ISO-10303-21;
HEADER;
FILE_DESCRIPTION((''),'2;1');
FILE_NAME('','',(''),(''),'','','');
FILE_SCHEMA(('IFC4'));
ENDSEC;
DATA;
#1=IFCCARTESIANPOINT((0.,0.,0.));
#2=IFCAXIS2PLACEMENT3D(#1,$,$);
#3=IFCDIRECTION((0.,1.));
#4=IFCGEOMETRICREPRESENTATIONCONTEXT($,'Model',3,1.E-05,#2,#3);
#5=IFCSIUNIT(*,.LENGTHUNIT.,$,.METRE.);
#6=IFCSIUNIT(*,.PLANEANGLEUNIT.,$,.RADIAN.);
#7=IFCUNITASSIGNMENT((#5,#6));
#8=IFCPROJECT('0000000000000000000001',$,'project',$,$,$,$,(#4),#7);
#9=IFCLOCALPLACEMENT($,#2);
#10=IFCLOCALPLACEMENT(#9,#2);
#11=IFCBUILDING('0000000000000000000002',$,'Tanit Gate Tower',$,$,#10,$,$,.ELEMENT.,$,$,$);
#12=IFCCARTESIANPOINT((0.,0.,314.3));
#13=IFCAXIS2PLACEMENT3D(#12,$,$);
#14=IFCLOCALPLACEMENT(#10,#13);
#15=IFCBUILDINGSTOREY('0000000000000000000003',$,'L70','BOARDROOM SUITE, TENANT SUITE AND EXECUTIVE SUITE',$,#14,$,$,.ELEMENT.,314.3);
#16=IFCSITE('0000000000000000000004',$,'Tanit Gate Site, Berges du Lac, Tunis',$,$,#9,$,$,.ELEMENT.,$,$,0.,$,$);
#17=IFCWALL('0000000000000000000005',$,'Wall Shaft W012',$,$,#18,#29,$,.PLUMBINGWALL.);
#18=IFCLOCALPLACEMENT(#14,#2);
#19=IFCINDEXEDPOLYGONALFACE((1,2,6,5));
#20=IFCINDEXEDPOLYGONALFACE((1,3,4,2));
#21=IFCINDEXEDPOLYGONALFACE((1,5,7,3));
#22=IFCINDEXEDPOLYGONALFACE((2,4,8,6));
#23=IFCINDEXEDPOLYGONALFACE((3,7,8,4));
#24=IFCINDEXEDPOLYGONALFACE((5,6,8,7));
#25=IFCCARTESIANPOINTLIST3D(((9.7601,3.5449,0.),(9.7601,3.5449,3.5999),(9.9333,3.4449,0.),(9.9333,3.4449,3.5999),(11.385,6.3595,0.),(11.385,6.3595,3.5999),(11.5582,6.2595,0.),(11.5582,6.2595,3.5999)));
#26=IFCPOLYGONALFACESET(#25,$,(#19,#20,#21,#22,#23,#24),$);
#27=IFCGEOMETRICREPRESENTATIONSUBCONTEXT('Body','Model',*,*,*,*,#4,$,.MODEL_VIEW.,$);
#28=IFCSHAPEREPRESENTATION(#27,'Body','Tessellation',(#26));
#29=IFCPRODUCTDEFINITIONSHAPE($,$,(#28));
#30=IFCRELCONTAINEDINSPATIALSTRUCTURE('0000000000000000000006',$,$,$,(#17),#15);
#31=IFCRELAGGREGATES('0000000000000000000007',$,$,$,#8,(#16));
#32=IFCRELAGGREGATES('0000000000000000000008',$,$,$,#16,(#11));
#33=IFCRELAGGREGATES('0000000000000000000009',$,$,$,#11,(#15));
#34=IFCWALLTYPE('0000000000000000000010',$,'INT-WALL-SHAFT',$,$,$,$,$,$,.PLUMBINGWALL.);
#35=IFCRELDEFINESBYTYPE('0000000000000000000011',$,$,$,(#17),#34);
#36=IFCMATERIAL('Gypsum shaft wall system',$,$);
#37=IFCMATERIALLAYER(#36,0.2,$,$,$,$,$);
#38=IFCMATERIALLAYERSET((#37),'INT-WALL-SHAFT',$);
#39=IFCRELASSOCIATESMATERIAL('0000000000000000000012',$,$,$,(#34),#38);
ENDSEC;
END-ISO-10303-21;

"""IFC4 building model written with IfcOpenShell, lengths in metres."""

from ifc_helpers import new_model, si_unit, direction, frame, frame_2d, origin, place, context, subcontext, project, spatial, rectangle, extrude, material, layer, layer_set, type_object, element, save


model = new_model("IFC4")

# Units and contexts
model_context = context("Model", 3, precision=1e-05, world=origin(), true_north=direction((0.0, 1.0)))
body_context = subcontext(model_context, "Body", "Model", "MODEL_VIEW")
ifc_project = project(units=[si_unit("LENGTHUNIT", "METRE"), si_unit("PLANEANGLEUNIT", "RADIAN")], contexts=[model_context])

# Site, building, storey
site_placement = place(None, origin())
site = spatial("IfcSite", under=ifc_project, at=site_placement, Name="Tanit Gate Site, Berges du Lac, Tunis", CompositionType="ELEMENT", RefElevation=0.0)
building_placement = place(site_placement, origin())
building = spatial("IfcBuilding", under=site, at=building_placement, Name="Tanit Gate Tower", CompositionType="ELEMENT")
storey_placement = place(building_placement, frame((0.0, 0.0, 314.3)))
storey = spatial("IfcBuildingStorey", under=building, at=storey_placement, Name="L70", Description="BOARDROOM SUITE, TENANT SUITE AND EXECUTIVE SUITE", CompositionType="ELEMENT", Elevation=314.3)

# Wall
ifc_material_1 = material(Name="Gypsum shaft wall system")
ifc_layer_1 = layer(ifc_material_1, 0.2)
ifc_layer_set_1 = layer_set([ifc_layer_1], Name="INT-WALL-SHAFT")
wall_type_1 = type_object("IfcWallType", Name="INT-WALL-SHAFT", PredefinedType="PLUMBINGWALL", material=ifc_layer_set_1)
wall_1_placement = place(storey_placement, frame((9.8467, 3.4949, 0.0), z_axis=(0.0, 0.0, 1.0), x_axis=(0.499985, 0.866034, 0.0)))
element("IfcWall", 1, at=wall_1_placement, inside=storey, type_object=wall_type_1, Name="Wall Shaft W012", PredefinedType="PLUMBINGWALL", context=body_context, shape_type="SweptSolid", body=[
    extrude(rectangle(XDim=3.25, YDim=0.2, at=frame_2d((1.625, 0.0))), origin(), (0.0, 0.0, 1.0), 3.5999),
])

save(model, "model.ifc")
